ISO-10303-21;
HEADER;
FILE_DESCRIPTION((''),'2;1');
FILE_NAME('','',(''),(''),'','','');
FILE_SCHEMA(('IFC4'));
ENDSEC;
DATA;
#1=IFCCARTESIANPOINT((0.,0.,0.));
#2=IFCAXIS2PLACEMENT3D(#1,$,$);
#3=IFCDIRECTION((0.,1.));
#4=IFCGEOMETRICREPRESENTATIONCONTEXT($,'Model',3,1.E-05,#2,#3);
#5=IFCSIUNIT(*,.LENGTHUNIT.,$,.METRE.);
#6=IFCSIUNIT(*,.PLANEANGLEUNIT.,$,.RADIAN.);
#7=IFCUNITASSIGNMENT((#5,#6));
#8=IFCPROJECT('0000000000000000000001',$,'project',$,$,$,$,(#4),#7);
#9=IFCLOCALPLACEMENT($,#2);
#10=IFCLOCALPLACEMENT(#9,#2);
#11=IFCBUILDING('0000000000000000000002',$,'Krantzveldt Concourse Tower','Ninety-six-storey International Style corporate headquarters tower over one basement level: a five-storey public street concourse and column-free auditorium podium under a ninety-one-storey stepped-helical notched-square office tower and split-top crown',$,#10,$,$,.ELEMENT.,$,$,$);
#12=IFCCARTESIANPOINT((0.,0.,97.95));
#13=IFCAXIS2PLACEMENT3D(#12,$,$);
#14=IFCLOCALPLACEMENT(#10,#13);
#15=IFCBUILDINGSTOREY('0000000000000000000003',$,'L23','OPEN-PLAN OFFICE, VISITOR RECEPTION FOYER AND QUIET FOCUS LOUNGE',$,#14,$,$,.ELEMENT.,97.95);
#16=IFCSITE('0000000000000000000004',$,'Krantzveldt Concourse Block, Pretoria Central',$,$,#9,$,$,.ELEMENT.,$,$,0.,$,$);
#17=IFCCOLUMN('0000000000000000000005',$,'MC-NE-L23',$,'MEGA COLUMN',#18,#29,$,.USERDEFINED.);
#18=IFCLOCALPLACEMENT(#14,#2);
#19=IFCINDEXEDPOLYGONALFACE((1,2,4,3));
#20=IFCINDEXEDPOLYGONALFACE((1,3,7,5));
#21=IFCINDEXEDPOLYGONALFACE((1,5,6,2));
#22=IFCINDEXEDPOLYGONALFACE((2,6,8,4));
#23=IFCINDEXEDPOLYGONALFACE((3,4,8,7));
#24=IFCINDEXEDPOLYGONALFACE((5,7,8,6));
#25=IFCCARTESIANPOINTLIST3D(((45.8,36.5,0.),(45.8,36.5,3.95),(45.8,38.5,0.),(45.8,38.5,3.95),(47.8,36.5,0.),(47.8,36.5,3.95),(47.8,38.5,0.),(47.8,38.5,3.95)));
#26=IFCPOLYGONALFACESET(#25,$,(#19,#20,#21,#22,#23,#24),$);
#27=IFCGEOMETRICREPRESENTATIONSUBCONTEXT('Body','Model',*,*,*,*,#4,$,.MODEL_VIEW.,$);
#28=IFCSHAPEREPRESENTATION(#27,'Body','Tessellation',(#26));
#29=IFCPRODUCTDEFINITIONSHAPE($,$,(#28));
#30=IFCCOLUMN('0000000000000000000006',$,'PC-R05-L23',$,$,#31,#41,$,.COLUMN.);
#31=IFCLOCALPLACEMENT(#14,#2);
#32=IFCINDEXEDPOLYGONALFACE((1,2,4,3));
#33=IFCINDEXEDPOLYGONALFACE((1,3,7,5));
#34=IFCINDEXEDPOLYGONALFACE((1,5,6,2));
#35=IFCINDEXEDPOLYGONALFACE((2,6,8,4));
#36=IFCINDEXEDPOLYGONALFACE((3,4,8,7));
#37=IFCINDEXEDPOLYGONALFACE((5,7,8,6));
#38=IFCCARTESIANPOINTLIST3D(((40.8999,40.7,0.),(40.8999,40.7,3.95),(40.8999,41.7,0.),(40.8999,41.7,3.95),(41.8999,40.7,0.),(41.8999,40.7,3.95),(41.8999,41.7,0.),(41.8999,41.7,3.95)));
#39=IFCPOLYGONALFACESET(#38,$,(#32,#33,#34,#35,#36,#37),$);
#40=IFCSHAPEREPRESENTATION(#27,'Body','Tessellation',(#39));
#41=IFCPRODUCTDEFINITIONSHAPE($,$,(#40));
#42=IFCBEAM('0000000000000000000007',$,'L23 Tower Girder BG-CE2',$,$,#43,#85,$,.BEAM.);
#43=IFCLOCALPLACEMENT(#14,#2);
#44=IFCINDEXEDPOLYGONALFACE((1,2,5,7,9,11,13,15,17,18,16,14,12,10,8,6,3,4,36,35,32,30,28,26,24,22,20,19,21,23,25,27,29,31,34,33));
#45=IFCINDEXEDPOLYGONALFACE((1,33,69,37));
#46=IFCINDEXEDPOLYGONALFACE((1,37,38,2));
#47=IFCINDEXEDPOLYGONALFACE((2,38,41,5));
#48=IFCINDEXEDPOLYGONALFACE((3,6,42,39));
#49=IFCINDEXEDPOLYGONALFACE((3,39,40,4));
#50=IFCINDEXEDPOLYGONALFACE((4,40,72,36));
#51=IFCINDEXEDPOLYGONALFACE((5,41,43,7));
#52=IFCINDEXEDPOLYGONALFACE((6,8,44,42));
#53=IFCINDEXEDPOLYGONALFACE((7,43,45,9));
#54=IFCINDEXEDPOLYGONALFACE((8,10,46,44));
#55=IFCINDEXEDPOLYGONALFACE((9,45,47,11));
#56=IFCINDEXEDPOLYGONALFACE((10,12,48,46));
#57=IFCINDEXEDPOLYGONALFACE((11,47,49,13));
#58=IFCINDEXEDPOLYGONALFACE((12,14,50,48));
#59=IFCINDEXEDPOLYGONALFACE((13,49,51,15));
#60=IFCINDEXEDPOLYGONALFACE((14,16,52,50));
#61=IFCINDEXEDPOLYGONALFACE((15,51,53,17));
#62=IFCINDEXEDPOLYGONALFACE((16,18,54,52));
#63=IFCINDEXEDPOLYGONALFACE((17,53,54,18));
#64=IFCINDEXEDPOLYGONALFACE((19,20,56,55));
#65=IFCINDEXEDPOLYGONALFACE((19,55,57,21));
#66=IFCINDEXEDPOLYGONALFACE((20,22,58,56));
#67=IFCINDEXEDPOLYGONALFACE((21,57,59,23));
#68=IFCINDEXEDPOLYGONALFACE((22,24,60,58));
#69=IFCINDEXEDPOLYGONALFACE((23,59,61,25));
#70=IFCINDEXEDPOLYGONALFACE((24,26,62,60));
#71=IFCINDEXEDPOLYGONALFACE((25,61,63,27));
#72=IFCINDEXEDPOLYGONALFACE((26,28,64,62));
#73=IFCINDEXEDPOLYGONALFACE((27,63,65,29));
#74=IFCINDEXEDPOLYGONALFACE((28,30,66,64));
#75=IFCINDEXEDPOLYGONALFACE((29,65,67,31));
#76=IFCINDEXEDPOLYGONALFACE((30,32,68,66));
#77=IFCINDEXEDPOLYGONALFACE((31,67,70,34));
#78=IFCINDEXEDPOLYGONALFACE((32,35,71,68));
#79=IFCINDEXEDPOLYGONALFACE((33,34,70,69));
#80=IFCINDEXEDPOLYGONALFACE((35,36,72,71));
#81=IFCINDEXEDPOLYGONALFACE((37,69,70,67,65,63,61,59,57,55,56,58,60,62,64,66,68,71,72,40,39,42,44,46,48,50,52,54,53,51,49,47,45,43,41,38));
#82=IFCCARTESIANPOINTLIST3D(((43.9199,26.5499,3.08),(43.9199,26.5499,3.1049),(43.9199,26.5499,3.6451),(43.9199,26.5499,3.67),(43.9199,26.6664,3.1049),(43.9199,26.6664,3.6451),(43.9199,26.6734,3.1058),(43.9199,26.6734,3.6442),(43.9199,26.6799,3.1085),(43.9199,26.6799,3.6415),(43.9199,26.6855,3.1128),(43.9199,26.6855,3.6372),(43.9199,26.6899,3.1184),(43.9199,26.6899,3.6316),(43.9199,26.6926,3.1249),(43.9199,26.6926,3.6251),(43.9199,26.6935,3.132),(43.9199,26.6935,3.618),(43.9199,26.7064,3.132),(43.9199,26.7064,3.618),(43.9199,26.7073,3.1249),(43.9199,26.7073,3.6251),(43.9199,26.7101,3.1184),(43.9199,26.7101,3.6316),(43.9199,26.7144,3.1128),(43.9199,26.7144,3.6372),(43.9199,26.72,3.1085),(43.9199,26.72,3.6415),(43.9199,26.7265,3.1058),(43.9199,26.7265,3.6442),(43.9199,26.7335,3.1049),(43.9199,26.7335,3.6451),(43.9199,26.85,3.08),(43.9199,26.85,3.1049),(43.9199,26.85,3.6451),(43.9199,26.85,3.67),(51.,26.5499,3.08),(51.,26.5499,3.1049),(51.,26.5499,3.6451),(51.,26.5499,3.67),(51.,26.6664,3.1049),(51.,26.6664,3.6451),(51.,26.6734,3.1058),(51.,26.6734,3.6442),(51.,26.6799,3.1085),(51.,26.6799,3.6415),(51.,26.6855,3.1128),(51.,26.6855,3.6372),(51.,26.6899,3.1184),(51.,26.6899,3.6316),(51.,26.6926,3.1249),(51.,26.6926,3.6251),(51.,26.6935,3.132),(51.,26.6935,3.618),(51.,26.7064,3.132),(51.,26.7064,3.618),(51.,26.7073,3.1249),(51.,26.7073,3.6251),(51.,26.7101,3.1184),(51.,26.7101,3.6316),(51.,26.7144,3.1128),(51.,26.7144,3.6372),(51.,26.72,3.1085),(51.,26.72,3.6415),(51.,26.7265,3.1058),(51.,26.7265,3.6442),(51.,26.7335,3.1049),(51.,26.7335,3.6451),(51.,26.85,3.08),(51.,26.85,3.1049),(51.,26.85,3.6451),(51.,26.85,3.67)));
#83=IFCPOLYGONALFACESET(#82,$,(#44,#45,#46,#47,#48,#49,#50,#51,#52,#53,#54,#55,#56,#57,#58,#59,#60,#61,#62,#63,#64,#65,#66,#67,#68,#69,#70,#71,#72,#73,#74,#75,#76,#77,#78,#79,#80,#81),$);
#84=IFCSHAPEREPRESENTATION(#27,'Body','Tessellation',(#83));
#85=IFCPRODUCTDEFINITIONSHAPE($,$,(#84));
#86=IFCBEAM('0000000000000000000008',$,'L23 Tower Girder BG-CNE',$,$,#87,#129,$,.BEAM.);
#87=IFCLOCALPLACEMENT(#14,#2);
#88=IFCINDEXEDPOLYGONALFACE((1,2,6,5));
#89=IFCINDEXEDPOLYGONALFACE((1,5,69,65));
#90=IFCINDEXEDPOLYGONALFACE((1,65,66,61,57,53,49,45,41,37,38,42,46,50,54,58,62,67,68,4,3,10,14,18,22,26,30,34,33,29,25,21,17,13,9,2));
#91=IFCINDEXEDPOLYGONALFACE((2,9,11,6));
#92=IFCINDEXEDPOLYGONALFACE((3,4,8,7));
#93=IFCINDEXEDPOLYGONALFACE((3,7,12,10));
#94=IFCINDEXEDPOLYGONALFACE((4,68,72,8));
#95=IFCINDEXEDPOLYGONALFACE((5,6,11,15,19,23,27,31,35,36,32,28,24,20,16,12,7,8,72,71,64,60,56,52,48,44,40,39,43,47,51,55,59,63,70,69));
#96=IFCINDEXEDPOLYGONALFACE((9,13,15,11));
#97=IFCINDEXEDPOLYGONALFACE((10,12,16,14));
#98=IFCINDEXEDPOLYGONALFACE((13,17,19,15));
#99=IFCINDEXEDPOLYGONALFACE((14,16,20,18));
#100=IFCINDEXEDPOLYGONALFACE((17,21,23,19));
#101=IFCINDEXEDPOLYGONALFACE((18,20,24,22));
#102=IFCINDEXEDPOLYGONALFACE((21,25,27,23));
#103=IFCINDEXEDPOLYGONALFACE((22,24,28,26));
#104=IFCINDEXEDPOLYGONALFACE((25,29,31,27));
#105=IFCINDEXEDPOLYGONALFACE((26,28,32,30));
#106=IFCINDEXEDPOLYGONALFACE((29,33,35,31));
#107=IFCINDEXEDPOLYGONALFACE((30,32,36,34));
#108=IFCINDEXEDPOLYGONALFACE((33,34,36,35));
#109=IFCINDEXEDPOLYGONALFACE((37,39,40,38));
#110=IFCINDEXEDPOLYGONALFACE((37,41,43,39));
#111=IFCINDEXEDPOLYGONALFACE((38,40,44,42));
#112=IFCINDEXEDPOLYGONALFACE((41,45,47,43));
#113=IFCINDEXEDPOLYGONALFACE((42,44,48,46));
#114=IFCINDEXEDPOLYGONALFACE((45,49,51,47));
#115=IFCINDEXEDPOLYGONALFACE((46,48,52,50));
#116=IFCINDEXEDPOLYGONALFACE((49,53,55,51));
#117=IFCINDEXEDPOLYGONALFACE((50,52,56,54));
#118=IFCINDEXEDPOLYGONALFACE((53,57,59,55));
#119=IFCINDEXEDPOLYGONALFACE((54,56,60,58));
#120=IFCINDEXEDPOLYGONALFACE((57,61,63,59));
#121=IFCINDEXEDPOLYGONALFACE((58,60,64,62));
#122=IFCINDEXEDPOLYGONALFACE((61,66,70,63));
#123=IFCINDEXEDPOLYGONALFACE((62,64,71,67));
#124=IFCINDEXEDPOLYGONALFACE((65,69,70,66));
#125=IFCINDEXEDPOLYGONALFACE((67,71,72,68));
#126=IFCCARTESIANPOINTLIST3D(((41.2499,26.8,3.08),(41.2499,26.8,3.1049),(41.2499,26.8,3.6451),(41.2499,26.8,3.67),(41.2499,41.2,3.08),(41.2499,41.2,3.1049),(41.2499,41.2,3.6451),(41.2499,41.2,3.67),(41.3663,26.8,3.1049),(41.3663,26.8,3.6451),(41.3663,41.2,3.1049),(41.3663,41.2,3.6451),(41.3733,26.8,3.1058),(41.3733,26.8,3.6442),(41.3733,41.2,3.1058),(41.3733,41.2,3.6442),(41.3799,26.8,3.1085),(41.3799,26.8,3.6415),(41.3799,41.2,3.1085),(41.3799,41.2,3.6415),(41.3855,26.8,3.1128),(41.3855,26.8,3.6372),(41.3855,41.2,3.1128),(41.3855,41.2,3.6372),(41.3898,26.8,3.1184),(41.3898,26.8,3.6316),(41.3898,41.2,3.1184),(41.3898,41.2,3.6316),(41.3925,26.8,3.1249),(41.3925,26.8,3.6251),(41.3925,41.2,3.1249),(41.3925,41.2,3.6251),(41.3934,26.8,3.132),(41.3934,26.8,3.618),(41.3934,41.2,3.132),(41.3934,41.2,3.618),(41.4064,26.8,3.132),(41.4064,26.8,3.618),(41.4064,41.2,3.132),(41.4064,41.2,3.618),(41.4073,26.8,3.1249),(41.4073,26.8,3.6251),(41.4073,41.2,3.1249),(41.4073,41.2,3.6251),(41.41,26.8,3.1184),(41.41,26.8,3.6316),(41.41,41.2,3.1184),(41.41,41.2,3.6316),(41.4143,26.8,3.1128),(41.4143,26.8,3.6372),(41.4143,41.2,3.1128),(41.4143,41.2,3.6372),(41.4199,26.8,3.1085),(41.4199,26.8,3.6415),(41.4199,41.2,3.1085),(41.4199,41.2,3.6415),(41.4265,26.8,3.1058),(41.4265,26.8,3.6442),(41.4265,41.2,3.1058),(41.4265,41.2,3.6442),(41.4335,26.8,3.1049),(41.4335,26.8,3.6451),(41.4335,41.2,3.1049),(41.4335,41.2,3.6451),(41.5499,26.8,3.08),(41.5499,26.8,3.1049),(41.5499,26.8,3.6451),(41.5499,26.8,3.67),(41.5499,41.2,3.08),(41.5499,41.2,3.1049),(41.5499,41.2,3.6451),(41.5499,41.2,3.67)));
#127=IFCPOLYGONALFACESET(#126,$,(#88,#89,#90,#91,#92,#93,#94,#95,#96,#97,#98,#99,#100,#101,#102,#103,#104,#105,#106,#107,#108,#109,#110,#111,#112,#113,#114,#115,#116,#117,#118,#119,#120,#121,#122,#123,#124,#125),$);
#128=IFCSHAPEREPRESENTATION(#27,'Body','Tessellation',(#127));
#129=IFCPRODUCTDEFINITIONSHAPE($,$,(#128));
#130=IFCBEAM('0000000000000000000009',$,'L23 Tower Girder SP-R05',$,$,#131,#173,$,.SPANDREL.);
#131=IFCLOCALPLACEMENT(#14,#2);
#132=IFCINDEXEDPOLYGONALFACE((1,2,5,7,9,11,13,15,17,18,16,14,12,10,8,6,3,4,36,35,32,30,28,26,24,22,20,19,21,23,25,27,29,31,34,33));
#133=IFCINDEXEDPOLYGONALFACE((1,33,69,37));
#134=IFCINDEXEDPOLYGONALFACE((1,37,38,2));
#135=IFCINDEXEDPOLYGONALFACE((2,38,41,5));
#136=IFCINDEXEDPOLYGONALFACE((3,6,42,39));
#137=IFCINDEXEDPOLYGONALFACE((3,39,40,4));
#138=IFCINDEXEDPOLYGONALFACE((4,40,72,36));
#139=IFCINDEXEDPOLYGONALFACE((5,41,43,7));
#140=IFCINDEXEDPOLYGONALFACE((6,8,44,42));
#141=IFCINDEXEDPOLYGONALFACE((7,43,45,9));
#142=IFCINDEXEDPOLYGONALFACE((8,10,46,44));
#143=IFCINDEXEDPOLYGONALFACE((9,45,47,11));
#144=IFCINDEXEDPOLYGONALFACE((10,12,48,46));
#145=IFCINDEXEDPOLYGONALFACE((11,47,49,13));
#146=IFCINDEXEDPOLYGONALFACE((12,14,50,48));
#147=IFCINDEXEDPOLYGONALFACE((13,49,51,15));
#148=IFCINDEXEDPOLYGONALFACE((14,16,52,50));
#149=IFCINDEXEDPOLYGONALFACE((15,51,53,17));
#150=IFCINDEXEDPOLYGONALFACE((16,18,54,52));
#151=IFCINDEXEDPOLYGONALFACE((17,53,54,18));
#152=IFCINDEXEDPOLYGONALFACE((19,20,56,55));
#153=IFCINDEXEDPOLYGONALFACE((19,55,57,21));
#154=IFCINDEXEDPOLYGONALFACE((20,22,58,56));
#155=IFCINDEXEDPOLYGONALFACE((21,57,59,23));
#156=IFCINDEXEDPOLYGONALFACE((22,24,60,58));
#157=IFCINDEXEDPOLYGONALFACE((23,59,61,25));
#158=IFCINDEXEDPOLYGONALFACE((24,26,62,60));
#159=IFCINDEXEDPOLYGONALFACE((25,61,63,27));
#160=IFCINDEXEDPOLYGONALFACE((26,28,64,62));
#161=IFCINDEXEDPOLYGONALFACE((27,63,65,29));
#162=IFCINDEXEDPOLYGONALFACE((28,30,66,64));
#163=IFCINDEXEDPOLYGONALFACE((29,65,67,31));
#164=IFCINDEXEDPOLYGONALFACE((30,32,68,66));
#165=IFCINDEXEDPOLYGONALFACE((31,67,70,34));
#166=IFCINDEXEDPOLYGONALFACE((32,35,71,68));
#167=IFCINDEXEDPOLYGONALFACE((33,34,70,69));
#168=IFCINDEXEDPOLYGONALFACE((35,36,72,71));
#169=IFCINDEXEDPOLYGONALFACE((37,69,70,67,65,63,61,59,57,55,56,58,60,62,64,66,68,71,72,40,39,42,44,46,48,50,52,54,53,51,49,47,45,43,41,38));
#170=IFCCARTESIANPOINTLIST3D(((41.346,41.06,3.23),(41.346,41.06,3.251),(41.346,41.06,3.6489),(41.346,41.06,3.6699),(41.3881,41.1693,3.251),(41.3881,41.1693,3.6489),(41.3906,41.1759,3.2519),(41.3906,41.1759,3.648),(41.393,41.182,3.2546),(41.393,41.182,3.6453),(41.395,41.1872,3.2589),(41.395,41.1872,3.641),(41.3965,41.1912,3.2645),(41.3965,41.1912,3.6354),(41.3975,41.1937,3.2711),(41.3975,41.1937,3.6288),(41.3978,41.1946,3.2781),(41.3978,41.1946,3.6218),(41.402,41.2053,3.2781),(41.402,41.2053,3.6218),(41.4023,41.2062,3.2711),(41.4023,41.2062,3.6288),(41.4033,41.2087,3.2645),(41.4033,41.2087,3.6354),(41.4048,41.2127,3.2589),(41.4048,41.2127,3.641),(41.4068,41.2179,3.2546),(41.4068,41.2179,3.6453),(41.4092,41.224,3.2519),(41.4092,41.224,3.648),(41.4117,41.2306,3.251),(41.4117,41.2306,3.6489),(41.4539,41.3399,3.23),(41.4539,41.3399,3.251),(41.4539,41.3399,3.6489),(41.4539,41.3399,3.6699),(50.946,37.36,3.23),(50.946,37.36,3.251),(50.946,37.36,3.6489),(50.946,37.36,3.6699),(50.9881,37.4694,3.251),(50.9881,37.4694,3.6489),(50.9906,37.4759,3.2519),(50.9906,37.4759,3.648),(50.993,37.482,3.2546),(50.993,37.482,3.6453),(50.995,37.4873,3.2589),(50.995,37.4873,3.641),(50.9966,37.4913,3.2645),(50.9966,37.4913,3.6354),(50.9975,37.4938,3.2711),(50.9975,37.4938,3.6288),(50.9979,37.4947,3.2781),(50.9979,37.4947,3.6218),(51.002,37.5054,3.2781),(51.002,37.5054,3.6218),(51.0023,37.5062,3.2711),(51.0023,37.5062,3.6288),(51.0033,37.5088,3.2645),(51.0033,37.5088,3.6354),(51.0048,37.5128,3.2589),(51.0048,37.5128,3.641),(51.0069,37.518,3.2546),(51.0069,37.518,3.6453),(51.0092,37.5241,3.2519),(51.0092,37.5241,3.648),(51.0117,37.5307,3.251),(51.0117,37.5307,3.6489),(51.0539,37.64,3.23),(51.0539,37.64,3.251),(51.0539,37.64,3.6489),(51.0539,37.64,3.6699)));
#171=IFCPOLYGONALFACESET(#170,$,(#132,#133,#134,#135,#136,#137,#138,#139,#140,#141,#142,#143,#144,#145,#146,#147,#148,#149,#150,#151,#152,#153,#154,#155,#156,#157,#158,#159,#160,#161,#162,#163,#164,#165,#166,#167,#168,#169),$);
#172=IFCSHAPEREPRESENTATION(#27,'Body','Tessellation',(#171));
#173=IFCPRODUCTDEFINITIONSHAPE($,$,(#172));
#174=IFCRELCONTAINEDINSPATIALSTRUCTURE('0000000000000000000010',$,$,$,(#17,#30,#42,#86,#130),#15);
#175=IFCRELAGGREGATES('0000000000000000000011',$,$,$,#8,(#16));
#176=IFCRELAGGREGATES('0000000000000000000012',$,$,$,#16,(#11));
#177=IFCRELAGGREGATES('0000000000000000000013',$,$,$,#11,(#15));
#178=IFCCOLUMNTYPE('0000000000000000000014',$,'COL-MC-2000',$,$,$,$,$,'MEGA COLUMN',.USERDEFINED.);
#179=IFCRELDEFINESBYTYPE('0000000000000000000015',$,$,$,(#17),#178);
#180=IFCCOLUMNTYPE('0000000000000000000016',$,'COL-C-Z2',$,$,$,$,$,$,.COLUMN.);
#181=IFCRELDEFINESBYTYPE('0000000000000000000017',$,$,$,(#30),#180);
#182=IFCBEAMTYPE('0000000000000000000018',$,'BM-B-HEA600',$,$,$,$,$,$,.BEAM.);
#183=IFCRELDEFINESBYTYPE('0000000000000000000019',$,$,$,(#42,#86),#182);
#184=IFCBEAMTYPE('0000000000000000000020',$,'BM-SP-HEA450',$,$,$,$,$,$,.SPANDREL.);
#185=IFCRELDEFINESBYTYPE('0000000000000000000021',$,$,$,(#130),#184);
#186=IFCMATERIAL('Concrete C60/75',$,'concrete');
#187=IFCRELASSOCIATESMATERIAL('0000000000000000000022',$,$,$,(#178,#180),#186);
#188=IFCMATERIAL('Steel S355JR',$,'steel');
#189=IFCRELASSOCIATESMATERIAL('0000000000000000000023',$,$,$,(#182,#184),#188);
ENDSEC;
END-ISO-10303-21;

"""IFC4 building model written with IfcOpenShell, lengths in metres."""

from ifc_helpers import new_model, si_unit, direction, frame, origin, origin_2d, place, context, subcontext, project, spatial, rectangle, i_section, extrude, source, transform, mapped, material, material_profile, profile_set, type_object, type_shapes, element, save


model = new_model("IFC4")

# Units and contexts
model_context = context("Model", 3, precision=1e-05, world=origin(), true_north=direction((0.0, 1.0)))
body_context = subcontext(model_context, "Body", "Model", "MODEL_VIEW")
ifc_project = project(units=[si_unit("LENGTHUNIT", "METRE"), si_unit("PLANEANGLEUNIT", "RADIAN")], contexts=[model_context])

# Site, building, storey
site_placement = place(None, origin())
site = spatial("IfcSite", under=ifc_project, at=site_placement, Name="Krantzveldt Concourse Block, Pretoria Central", CompositionType="ELEMENT", RefElevation=0.0)
building_placement = place(site_placement, origin())
building = spatial("IfcBuilding", under=site, at=building_placement, Name="Krantzveldt Concourse Tower", Description="Ninety-six-storey International Style corporate headquarters tower over one basement level: a five-storey public street concourse and column-free auditorium podium under a ninety-one-storey stepped-helical notched-square office tower and split-top crown", CompositionType="ELEMENT")
storey_placement = place(building_placement, frame((0.0, 0.0, 97.95)))
storey = spatial("IfcBuildingStorey", under=building, at=storey_placement, Name="L23", Description="OPEN-PLAN OFFICE, VISITOR RECEPTION FOYER AND QUIET FOCUS LOUNGE", CompositionType="ELEMENT", Elevation=97.95)

# Columns
ifc_material_1 = material(Name="Concrete C60/75", Category="concrete")
ifc_material_profile_1 = material_profile(ifc_material_1, rectangle(XDim=2.0, YDim=2.0, at=origin_2d()), Name="Concrete C60/75", Category="concrete")
ifc_profile_set_1 = profile_set([ifc_material_profile_1], Name="Concrete C60/75 - RC 2000x2000")
column_type_1 = type_object("IfcColumnType", Name="COL-MC-2000", ElementType="MEGA COLUMN", PredefinedType="USERDEFINED", material=ifc_profile_set_1)
shared_shape_1 = source(origin(), body_context, "Body", "SweptSolid", [
    extrude(rectangle(XDim=2.0, YDim=2.0, at=origin_2d()), origin(), (0.0, 0.0, 1.0), 3.95),
])
type_shapes(column_type_1, [shared_shape_1])
column_1_placement = place(storey_placement, frame((46.8, 37.5, 0.0), z_axis=(0.0, 0.0, 1.0), x_axis=(1.0, 0.0, 0.0)))
element("IfcColumn", 1, at=column_1_placement, inside=storey, type_object=column_type_1, Name="MC-NE-L23", ObjectType="MEGA COLUMN", PredefinedType="USERDEFINED", context=body_context, shape_type="MappedRepresentation", body=[
    mapped(shared_shape_1, transform((0.0, 0.0, 0.0), x_axis=(1.0, 0.0, 0.0), y_axis=(0.0, 1.0, 0.0), z_axis=(0.0, 0.0, 1.0), scale=1.0)),
])
ifc_material_profile_2 = material_profile(ifc_material_1, rectangle(XDim=1.0, YDim=1.0, at=origin_2d()), Name="Concrete C60/75", Category="concrete")
ifc_profile_set_2 = profile_set([ifc_material_profile_2], Name="Concrete C60/75 - RC 1000x1000")
column_type_2 = type_object("IfcColumnType", Name="COL-C-Z2", PredefinedType="COLUMN", material=ifc_profile_set_2)
shared_shape_2 = source(origin(), body_context, "Body", "SweptSolid", [
    extrude(rectangle(XDim=1.0, YDim=1.0, at=origin_2d()), origin(), (0.0, 0.0, 1.0), 3.95),
])
type_shapes(column_type_2, [shared_shape_2])
column_2_placement = place(storey_placement, frame((41.3999, 41.2, 0.0), z_axis=(0.0, 0.0, 1.0), x_axis=(1.0, 0.0, 0.0)))
element("IfcColumn", 2, at=column_2_placement, inside=storey, type_object=column_type_2, Name="PC-R05-L23", PredefinedType="COLUMN", context=body_context, shape_type="MappedRepresentation", body=[
    mapped(shared_shape_2, transform((0.0, 0.0, 0.0), x_axis=(1.0, 0.0, 0.0), y_axis=(0.0, 1.0, 0.0), z_axis=(0.0, 0.0, 1.0), scale=1.0)),
])

# Beams
ifc_material_2 = material(Name="Steel S355JR", Category="steel")
ifc_material_profile_3 = material_profile(ifc_material_2, i_section(OverallWidth=0.3, OverallDepth=0.5901, WebThickness=0.0129, FlangeThickness=0.0249, FilletRadius=0.0271, at=origin_2d()), Name="Steel S355JR", Category="steel")
ifc_profile_set_3 = profile_set([ifc_material_profile_3], Name="Steel S355JR - HEA 600")
beam_type_1 = type_object("IfcBeamType", Name="BM-B-HEA600", PredefinedType="BEAM", material=ifc_profile_set_3)
shared_shape_3 = source(origin(), body_context, "Body", "SweptSolid", [
    extrude(i_section(OverallWidth=0.3, OverallDepth=0.5901, WebThickness=0.0129, FlangeThickness=0.0249, FilletRadius=0.0271, at=origin_2d()), origin(), (0.0, 0.0, 1.0), 7.0801),
])
beam_1_placement = place(storey_placement, frame((43.9199, 26.7, 3.375), z_axis=(1.0, 0.0, 0.0), x_axis=(0.0, 1.0, 0.0)))
element("IfcBeam", 3, at=beam_1_placement, inside=storey, type_object=beam_type_1, Name="L23 Tower Girder BG-CE2", PredefinedType="BEAM", context=body_context, shape_type="MappedRepresentation", body=[
    mapped(shared_shape_3, transform((0.0, 0.0, 0.0), x_axis=(1.0, 0.0, 0.0), y_axis=(0.0, 1.0, 0.0), z_axis=(0.0, 0.0, 1.0), scale=1.0)),
])
shared_shape_4 = source(origin(), body_context, "Body", "SweptSolid", [
    extrude(i_section(OverallWidth=0.3, OverallDepth=0.5901, WebThickness=0.0129, FlangeThickness=0.0249, FilletRadius=0.0271, at=origin_2d()), origin(), (0.0, 0.0, 1.0), 14.3999),
])
beam_2_placement = place(storey_placement, frame((41.3999, 26.8, 3.375), z_axis=(0.0, 1.0, 0.0), x_axis=(-1.0, 0.0, 0.0)))
element("IfcBeam", 4, at=beam_2_placement, inside=storey, type_object=beam_type_1, Name="L23 Tower Girder BG-CNE", PredefinedType="BEAM", context=body_context, shape_type="MappedRepresentation", body=[
    mapped(shared_shape_4, transform((0.0, 0.0, 0.0), x_axis=(1.0, 0.0, 0.0), y_axis=(0.0, 1.0, 0.0), z_axis=(0.0, 0.0, 1.0), scale=1.0)),
])
ifc_material_profile_4 = material_profile(ifc_material_2, i_section(OverallWidth=0.3, OverallDepth=0.4399, WebThickness=0.0115, FlangeThickness=0.021, FilletRadius=0.0271, at=origin_2d()), Name="Steel S355JR", Category="steel")
ifc_profile_set_4 = profile_set([ifc_material_profile_4], Name="Steel S355JR - HEA 450")
beam_type_2 = type_object("IfcBeamType", Name="BM-SP-HEA450", PredefinedType="SPANDREL", material=ifc_profile_set_4)
shared_shape_5 = source(origin(), body_context, "Body", "SweptSolid", [
    extrude(i_section(OverallWidth=0.3, OverallDepth=0.4399, WebThickness=0.0115, FlangeThickness=0.021, FilletRadius=0.0271, at=origin_2d()), origin(), (0.0, 0.0, 1.0), 10.2883),
])
type_shapes(beam_type_2, [shared_shape_5])
beam_3_placement = place(storey_placement, frame((41.3999, 41.2, 3.45), z_axis=(0.933098, -0.359623, 0.0), x_axis=(0.359623, 0.933098, 0.0)))
element("IfcBeam", 5, at=beam_3_placement, inside=storey, type_object=beam_type_2, Name="L23 Tower Girder SP-R05", PredefinedType="SPANDREL", context=body_context, shape_type="MappedRepresentation", body=[
    mapped(shared_shape_5, transform((0.0, 0.0, 0.0), x_axis=(1.0, 0.0, 0.0), y_axis=(0.0, 1.0, 0.0), z_axis=(0.0, 0.0, 1.0), scale=1.0)),
])

save(model, "model.ifc")
